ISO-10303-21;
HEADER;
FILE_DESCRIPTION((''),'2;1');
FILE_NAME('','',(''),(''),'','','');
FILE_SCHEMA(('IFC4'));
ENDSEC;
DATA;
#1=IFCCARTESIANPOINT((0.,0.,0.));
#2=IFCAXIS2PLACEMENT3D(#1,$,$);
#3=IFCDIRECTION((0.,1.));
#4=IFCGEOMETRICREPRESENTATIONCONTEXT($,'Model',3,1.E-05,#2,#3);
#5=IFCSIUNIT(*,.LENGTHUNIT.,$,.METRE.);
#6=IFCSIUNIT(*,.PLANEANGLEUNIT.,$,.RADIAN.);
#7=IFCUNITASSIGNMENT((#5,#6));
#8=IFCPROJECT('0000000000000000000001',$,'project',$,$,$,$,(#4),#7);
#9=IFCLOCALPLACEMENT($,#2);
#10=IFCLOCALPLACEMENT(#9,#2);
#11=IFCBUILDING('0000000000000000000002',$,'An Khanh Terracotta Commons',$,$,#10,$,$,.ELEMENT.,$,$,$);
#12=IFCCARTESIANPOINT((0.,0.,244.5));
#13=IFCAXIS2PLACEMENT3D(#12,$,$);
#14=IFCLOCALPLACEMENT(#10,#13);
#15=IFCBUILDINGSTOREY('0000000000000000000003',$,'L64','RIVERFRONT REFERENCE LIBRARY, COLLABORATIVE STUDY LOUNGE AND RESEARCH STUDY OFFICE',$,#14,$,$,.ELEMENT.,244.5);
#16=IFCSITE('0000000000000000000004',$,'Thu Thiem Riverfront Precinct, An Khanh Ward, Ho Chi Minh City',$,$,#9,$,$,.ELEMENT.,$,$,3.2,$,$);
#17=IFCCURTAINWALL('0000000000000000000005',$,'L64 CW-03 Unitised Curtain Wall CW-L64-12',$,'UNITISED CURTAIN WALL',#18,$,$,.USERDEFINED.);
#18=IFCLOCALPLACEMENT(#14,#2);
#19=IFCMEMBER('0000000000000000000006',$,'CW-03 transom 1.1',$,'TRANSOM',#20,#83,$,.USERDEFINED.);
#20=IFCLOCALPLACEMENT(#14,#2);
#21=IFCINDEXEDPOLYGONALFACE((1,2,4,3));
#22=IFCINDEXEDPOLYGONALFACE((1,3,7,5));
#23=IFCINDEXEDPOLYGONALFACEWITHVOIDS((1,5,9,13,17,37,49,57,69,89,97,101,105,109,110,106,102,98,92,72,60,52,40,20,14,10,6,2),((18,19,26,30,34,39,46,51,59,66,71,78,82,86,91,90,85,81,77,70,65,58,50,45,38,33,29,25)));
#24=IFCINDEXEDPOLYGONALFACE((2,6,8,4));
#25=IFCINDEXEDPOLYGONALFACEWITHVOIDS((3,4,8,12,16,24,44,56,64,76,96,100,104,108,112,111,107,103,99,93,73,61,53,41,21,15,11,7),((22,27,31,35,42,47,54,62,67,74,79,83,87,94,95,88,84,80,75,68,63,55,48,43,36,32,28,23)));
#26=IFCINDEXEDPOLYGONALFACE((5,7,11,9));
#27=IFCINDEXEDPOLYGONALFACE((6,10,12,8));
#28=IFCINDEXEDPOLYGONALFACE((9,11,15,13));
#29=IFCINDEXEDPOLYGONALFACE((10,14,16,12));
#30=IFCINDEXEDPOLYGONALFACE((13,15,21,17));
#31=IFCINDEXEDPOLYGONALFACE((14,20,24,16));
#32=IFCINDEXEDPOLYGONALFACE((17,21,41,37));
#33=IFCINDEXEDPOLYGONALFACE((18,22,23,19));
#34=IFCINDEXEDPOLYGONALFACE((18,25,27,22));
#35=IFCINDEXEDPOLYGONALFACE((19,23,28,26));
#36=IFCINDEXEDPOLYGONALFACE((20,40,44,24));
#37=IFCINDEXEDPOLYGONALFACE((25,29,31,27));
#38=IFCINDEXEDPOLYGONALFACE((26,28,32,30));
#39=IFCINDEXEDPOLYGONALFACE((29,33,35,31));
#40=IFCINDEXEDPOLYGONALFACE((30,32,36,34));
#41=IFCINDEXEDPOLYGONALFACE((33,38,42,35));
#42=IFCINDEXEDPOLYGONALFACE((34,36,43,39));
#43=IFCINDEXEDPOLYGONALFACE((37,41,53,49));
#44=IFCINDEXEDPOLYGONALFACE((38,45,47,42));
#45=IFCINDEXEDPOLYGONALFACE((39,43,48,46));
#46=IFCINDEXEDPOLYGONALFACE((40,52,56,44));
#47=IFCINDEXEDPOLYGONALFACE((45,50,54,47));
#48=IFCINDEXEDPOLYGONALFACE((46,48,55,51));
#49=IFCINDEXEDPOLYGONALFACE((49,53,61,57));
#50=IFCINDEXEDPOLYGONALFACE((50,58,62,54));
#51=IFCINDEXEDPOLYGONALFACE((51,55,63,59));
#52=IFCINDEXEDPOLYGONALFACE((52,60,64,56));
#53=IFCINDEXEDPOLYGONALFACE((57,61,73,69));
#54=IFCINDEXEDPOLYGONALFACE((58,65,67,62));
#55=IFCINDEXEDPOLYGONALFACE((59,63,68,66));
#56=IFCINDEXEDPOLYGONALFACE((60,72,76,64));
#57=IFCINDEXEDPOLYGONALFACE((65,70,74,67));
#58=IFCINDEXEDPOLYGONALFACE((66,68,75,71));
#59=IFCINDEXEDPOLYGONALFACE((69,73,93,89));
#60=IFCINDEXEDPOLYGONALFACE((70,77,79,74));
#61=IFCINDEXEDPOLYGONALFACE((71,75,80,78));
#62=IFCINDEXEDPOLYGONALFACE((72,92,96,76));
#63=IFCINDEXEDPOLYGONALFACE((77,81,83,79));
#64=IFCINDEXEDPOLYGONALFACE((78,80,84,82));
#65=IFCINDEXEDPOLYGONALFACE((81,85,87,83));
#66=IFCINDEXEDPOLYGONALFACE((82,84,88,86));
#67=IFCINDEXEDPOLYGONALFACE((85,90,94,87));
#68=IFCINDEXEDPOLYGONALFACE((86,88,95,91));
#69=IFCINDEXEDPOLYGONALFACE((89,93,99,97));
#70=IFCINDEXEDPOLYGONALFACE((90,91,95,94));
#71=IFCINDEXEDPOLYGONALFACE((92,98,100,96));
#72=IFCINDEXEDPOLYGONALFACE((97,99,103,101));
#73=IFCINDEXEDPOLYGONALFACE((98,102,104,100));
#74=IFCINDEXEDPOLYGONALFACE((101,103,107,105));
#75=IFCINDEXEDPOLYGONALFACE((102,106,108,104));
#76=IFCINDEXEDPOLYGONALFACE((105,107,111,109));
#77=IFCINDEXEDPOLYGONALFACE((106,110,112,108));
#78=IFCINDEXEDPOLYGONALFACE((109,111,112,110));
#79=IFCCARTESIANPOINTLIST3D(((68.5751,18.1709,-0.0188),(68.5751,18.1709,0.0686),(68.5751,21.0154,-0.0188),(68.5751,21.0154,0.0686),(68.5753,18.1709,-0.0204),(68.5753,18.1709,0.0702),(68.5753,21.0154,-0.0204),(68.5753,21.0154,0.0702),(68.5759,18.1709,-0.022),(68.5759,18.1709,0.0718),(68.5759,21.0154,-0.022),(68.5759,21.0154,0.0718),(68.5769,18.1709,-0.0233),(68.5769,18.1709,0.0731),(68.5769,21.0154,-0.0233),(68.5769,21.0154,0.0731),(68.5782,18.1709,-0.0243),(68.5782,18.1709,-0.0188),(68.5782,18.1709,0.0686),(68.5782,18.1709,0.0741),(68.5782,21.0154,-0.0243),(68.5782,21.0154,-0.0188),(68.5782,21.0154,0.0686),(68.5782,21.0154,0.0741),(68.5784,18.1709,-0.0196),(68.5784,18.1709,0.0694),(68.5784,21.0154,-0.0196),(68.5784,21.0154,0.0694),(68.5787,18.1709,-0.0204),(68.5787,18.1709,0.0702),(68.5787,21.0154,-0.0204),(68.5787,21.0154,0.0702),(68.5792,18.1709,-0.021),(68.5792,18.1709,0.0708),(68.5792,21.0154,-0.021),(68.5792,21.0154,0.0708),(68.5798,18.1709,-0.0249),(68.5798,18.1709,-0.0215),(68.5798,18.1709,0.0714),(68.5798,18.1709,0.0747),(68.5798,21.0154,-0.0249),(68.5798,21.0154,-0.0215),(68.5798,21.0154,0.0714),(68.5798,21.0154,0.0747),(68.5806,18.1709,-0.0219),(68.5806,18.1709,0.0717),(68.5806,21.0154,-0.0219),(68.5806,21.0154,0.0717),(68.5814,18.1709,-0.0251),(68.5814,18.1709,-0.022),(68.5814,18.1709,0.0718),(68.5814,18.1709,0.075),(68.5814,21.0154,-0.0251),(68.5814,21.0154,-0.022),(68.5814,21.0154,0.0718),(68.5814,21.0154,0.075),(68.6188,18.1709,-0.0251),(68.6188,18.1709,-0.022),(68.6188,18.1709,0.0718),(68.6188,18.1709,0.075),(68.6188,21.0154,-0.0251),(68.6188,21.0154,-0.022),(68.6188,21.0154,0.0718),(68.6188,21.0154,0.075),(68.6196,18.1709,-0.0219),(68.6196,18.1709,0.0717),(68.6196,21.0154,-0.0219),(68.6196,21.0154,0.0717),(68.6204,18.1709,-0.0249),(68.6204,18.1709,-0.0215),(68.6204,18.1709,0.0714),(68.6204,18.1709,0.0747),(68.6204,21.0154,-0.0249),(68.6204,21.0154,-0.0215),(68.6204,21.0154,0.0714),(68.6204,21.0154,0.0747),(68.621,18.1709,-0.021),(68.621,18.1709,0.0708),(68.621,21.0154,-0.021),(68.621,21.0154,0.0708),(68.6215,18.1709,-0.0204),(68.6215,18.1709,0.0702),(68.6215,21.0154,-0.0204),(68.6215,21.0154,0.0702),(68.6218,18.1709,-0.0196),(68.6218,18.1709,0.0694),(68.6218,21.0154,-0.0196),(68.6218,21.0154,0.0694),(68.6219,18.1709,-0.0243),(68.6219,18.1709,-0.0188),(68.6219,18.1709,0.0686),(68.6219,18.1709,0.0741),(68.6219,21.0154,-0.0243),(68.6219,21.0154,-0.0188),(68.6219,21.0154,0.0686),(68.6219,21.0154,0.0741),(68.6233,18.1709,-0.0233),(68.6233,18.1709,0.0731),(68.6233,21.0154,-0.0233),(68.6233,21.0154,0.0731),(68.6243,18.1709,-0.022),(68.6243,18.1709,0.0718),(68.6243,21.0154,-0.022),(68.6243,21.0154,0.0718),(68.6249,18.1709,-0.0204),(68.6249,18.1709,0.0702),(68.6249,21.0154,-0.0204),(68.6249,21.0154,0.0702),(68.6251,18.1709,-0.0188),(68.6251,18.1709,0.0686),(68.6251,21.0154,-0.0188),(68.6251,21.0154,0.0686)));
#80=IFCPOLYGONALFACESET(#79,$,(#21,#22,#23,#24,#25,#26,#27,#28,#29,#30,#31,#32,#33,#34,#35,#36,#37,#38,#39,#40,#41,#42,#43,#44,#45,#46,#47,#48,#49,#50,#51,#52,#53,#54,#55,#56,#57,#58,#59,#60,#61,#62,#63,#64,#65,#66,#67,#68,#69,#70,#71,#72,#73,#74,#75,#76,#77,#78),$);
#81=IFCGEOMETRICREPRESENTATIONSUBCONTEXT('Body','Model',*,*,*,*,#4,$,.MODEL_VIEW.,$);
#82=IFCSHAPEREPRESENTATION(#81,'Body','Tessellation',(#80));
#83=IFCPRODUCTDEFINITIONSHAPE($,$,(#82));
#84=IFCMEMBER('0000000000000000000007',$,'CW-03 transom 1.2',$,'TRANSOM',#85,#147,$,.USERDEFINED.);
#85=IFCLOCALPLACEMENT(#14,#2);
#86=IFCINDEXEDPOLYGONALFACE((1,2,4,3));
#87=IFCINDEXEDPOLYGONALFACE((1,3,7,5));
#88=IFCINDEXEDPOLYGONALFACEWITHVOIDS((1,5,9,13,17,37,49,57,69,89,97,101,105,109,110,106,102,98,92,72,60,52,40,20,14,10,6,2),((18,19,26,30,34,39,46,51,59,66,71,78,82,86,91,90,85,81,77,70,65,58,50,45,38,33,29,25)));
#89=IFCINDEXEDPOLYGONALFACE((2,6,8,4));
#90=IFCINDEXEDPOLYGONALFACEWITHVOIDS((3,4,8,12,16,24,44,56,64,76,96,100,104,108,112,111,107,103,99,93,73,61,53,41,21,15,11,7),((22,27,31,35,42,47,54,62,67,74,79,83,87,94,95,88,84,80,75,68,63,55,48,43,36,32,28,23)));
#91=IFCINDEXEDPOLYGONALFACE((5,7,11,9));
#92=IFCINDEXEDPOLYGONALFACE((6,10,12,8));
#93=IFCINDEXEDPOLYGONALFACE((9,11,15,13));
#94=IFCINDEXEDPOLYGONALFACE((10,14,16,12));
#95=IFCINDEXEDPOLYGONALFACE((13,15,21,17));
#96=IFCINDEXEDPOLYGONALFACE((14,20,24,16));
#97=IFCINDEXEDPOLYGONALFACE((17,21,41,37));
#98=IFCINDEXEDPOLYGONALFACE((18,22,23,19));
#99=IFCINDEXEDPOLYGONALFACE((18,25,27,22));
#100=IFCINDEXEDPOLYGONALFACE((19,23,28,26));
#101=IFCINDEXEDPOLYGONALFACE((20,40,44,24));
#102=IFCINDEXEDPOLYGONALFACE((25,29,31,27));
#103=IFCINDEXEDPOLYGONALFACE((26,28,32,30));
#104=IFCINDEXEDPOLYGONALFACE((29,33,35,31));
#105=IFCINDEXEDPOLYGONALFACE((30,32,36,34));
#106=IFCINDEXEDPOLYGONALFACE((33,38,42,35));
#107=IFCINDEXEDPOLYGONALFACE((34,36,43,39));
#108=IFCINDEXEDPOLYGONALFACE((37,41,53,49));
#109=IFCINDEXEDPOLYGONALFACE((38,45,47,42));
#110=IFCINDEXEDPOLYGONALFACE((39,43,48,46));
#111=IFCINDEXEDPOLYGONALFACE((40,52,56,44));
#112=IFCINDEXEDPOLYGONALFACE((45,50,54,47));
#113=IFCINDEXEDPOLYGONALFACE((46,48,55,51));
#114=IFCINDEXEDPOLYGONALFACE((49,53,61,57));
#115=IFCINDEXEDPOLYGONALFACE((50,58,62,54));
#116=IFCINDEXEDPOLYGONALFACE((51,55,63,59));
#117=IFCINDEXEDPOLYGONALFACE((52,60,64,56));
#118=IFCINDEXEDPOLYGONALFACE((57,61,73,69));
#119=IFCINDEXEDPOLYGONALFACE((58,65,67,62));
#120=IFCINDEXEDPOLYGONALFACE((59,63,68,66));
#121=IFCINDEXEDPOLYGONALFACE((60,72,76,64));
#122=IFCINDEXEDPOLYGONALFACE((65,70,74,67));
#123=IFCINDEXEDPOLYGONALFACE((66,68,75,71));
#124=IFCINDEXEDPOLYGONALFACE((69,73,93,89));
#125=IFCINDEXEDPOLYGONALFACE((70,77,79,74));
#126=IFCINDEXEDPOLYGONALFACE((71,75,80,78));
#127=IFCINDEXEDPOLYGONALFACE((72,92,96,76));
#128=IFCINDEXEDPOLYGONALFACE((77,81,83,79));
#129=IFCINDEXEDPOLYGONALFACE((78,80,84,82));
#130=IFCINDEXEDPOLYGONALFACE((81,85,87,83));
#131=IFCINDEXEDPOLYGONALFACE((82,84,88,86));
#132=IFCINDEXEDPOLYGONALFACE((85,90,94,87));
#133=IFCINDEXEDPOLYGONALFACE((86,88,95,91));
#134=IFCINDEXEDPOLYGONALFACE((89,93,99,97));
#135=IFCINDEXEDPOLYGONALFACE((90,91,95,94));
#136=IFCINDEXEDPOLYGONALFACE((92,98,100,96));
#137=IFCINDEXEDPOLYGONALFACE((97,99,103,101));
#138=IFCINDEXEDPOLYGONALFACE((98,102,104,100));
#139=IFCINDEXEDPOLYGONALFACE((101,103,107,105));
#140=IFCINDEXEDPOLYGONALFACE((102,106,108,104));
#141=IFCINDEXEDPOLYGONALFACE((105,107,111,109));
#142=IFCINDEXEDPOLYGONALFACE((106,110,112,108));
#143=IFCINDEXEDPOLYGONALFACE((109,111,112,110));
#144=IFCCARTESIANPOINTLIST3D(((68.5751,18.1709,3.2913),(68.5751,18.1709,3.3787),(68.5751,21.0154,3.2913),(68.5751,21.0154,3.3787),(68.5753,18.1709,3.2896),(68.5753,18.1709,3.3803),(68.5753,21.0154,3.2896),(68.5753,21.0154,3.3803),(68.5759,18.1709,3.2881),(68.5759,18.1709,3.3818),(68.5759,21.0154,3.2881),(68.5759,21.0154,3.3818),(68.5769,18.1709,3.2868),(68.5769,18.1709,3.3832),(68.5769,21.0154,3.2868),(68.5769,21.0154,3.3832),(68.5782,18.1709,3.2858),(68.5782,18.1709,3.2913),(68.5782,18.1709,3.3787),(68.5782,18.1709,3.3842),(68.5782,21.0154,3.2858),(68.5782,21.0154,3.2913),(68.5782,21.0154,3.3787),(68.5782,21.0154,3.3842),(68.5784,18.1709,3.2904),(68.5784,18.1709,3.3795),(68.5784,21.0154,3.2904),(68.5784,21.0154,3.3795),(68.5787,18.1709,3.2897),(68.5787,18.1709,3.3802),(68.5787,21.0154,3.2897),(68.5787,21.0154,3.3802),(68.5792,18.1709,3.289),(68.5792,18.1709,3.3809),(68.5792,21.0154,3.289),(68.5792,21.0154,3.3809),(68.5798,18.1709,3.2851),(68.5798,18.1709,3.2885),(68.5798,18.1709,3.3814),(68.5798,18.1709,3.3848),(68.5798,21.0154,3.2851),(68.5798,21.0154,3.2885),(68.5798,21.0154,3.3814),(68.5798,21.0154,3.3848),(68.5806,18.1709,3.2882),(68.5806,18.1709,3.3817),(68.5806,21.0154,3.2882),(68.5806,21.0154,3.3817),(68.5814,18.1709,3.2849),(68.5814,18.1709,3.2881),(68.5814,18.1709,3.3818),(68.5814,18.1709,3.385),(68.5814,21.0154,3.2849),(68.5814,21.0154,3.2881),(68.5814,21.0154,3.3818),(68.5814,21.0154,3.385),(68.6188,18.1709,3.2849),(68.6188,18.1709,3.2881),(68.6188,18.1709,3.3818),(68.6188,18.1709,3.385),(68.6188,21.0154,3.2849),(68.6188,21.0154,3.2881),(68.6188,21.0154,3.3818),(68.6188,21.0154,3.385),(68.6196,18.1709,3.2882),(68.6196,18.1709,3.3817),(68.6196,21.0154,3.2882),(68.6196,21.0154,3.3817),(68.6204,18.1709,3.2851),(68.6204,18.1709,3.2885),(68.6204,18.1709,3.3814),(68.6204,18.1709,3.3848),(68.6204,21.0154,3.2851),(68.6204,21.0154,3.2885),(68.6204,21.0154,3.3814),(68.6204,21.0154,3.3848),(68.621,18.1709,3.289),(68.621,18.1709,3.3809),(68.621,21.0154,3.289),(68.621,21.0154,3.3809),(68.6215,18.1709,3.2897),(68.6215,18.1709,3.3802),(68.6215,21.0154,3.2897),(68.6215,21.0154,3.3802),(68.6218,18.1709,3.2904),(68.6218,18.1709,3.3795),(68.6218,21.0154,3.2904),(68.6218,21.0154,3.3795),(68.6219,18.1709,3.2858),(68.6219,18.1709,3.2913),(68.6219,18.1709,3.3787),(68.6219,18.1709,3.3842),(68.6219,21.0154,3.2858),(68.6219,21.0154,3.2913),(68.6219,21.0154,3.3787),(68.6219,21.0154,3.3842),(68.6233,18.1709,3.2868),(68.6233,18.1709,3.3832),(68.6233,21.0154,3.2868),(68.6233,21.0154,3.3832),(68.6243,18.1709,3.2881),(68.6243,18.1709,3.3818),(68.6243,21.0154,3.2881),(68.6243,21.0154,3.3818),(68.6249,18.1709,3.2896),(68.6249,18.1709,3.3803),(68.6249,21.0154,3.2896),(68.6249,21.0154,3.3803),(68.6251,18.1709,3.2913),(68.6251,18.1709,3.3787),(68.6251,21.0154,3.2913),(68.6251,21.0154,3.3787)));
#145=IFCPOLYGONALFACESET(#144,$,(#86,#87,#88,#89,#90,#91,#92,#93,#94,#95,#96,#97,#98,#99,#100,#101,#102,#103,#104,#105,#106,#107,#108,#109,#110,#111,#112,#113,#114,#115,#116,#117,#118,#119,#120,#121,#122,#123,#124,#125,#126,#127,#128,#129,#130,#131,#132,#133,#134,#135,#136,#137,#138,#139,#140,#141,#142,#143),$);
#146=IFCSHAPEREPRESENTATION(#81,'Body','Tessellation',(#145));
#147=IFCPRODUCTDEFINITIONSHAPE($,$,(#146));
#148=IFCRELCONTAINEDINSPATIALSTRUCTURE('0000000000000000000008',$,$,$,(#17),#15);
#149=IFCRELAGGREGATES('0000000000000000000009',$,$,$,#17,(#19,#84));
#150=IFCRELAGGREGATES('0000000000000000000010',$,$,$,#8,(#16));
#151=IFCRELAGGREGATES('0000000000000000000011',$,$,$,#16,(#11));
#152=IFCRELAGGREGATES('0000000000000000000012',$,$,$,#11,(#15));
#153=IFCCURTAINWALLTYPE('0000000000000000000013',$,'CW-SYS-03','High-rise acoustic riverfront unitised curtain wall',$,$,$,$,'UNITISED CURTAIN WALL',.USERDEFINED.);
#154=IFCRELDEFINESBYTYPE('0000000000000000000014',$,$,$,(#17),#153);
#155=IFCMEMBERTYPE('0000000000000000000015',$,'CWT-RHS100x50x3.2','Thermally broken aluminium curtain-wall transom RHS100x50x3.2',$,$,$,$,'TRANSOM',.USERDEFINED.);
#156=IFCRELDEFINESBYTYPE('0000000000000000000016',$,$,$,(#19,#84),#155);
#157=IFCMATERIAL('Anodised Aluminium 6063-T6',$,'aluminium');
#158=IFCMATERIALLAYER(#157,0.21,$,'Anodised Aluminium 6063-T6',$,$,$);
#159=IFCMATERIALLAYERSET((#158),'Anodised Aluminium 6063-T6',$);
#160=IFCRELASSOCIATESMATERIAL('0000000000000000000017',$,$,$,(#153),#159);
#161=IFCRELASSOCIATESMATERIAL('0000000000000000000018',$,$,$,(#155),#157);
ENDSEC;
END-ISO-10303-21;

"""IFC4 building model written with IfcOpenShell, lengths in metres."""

from ifc_helpers import new_model, si_unit, direction, frame, origin, origin_2d, place, context, subcontext, project, spatial, hollow_rectangle, extrude, material, layer, layer_set, material_profile, profile_set, type_object, element, aggregate, save


model = new_model("IFC4")

# Units and contexts
model_context = context("Model", 3, precision=1e-05, world=origin(), true_north=direction((0.0, 1.0)))
body_context = subcontext(model_context, "Body", "Model", "MODEL_VIEW")
ifc_project = project(units=[si_unit("LENGTHUNIT", "METRE"), si_unit("PLANEANGLEUNIT", "RADIAN")], contexts=[model_context])

# Site, building, storey
site_placement = place(None, origin())
site = spatial("IfcSite", under=ifc_project, at=site_placement, Name="Thu Thiem Riverfront Precinct, An Khanh Ward, Ho Chi Minh City", CompositionType="ELEMENT", RefElevation=3.2)
building_placement = place(site_placement, origin())
building = spatial("IfcBuilding", under=site, at=building_placement, Name="An Khanh Terracotta Commons", CompositionType="ELEMENT")
storey_placement = place(building_placement, frame((0.0, 0.0, 244.5)))
storey = spatial("IfcBuildingStorey", under=building, at=storey_placement, Name="L64", Description="RIVERFRONT REFERENCE LIBRARY, COLLABORATIVE STUDY LOUNGE AND RESEARCH STUDY OFFICE", CompositionType="ELEMENT", Elevation=244.5)

# Curtain wall
ifc_material_1 = material(Name="Anodised Aluminium 6063-T6", Category="aluminium")
ifc_layer_1 = layer(ifc_material_1, 0.21, Name="Anodised Aluminium 6063-T6")
ifc_layer_set_1 = layer_set([ifc_layer_1], Name="Anodised Aluminium 6063-T6")
curtain_wall_type = type_object("IfcCurtainWallType", Name="CW-SYS-03", Description="High-rise acoustic riverfront unitised curtain wall", ElementType="UNITISED CURTAIN WALL", PredefinedType="USERDEFINED", material=ifc_layer_set_1)
curtain_wall_1_placement = place(storey_placement, origin())
curtain_wall_1 = element("IfcCurtainWall", 1, at=curtain_wall_1_placement, inside=storey, type_object=curtain_wall_type, Name="L64 CW-03 Unitised Curtain Wall CW-L64-12", ObjectType="UNITISED CURTAIN WALL", PredefinedType="USERDEFINED")

# Members
ifc_material_profile_1 = material_profile(ifc_material_1, hollow_rectangle(XDim=0.05, YDim=0.1001, WallThickness=0.0032, InnerFilletRadius=0.0032, OuterFilletRadius=0.0063, at=origin_2d()), Name="RHS100x50x3.2")
ifc_profile_set_1 = profile_set([ifc_material_profile_1], Name="Anodised Aluminium 6063-T6")
member_type_1 = type_object("IfcMemberType", Name="CWT-RHS100x50x3.2", Description="Thermally broken aluminium curtain-wall transom RHS100x50x3.2", ElementType="TRANSOM", PredefinedType="USERDEFINED", material=ifc_profile_set_1)
member_1_placement = place(storey_placement, frame((68.6001, 18.1709, 0.0249), z_axis=(0.0, 1.0, 0.0), x_axis=(-1.0, 0.0, 0.0)))
member_1 = element("IfcMember", 2, at=member_1_placement, type_object=member_type_1, Name="CW-03 transom 1.1", ObjectType="TRANSOM", PredefinedType="USERDEFINED", context=body_context, shape_type="SweptSolid", body=[
    extrude(hollow_rectangle(XDim=0.05, YDim=0.1001, WallThickness=0.0032, InnerFilletRadius=0.0032, OuterFilletRadius=0.0063, at=origin_2d()), origin(), (0.0, 0.0, 1.0), 2.8445),
])
member_2_placement = place(storey_placement, frame((68.6001, 18.1709, 3.335), z_axis=(0.0, 1.0, 0.0), x_axis=(-1.0, 0.0, 0.0)))
member_2 = element("IfcMember", 3, at=member_2_placement, type_object=member_type_1, Name="CW-03 transom 1.2", ObjectType="TRANSOM", PredefinedType="USERDEFINED", context=body_context, shape_type="SweptSolid", body=[
    extrude(hollow_rectangle(XDim=0.05, YDim=0.1001, WallThickness=0.0032, InnerFilletRadius=0.0032, OuterFilletRadius=0.0063, at=origin_2d()), origin(), (0.0, 0.0, 1.0), 2.8445),
])

aggregate(curtain_wall_1, [member_1, member_2])

save(model, "model.ifc")
